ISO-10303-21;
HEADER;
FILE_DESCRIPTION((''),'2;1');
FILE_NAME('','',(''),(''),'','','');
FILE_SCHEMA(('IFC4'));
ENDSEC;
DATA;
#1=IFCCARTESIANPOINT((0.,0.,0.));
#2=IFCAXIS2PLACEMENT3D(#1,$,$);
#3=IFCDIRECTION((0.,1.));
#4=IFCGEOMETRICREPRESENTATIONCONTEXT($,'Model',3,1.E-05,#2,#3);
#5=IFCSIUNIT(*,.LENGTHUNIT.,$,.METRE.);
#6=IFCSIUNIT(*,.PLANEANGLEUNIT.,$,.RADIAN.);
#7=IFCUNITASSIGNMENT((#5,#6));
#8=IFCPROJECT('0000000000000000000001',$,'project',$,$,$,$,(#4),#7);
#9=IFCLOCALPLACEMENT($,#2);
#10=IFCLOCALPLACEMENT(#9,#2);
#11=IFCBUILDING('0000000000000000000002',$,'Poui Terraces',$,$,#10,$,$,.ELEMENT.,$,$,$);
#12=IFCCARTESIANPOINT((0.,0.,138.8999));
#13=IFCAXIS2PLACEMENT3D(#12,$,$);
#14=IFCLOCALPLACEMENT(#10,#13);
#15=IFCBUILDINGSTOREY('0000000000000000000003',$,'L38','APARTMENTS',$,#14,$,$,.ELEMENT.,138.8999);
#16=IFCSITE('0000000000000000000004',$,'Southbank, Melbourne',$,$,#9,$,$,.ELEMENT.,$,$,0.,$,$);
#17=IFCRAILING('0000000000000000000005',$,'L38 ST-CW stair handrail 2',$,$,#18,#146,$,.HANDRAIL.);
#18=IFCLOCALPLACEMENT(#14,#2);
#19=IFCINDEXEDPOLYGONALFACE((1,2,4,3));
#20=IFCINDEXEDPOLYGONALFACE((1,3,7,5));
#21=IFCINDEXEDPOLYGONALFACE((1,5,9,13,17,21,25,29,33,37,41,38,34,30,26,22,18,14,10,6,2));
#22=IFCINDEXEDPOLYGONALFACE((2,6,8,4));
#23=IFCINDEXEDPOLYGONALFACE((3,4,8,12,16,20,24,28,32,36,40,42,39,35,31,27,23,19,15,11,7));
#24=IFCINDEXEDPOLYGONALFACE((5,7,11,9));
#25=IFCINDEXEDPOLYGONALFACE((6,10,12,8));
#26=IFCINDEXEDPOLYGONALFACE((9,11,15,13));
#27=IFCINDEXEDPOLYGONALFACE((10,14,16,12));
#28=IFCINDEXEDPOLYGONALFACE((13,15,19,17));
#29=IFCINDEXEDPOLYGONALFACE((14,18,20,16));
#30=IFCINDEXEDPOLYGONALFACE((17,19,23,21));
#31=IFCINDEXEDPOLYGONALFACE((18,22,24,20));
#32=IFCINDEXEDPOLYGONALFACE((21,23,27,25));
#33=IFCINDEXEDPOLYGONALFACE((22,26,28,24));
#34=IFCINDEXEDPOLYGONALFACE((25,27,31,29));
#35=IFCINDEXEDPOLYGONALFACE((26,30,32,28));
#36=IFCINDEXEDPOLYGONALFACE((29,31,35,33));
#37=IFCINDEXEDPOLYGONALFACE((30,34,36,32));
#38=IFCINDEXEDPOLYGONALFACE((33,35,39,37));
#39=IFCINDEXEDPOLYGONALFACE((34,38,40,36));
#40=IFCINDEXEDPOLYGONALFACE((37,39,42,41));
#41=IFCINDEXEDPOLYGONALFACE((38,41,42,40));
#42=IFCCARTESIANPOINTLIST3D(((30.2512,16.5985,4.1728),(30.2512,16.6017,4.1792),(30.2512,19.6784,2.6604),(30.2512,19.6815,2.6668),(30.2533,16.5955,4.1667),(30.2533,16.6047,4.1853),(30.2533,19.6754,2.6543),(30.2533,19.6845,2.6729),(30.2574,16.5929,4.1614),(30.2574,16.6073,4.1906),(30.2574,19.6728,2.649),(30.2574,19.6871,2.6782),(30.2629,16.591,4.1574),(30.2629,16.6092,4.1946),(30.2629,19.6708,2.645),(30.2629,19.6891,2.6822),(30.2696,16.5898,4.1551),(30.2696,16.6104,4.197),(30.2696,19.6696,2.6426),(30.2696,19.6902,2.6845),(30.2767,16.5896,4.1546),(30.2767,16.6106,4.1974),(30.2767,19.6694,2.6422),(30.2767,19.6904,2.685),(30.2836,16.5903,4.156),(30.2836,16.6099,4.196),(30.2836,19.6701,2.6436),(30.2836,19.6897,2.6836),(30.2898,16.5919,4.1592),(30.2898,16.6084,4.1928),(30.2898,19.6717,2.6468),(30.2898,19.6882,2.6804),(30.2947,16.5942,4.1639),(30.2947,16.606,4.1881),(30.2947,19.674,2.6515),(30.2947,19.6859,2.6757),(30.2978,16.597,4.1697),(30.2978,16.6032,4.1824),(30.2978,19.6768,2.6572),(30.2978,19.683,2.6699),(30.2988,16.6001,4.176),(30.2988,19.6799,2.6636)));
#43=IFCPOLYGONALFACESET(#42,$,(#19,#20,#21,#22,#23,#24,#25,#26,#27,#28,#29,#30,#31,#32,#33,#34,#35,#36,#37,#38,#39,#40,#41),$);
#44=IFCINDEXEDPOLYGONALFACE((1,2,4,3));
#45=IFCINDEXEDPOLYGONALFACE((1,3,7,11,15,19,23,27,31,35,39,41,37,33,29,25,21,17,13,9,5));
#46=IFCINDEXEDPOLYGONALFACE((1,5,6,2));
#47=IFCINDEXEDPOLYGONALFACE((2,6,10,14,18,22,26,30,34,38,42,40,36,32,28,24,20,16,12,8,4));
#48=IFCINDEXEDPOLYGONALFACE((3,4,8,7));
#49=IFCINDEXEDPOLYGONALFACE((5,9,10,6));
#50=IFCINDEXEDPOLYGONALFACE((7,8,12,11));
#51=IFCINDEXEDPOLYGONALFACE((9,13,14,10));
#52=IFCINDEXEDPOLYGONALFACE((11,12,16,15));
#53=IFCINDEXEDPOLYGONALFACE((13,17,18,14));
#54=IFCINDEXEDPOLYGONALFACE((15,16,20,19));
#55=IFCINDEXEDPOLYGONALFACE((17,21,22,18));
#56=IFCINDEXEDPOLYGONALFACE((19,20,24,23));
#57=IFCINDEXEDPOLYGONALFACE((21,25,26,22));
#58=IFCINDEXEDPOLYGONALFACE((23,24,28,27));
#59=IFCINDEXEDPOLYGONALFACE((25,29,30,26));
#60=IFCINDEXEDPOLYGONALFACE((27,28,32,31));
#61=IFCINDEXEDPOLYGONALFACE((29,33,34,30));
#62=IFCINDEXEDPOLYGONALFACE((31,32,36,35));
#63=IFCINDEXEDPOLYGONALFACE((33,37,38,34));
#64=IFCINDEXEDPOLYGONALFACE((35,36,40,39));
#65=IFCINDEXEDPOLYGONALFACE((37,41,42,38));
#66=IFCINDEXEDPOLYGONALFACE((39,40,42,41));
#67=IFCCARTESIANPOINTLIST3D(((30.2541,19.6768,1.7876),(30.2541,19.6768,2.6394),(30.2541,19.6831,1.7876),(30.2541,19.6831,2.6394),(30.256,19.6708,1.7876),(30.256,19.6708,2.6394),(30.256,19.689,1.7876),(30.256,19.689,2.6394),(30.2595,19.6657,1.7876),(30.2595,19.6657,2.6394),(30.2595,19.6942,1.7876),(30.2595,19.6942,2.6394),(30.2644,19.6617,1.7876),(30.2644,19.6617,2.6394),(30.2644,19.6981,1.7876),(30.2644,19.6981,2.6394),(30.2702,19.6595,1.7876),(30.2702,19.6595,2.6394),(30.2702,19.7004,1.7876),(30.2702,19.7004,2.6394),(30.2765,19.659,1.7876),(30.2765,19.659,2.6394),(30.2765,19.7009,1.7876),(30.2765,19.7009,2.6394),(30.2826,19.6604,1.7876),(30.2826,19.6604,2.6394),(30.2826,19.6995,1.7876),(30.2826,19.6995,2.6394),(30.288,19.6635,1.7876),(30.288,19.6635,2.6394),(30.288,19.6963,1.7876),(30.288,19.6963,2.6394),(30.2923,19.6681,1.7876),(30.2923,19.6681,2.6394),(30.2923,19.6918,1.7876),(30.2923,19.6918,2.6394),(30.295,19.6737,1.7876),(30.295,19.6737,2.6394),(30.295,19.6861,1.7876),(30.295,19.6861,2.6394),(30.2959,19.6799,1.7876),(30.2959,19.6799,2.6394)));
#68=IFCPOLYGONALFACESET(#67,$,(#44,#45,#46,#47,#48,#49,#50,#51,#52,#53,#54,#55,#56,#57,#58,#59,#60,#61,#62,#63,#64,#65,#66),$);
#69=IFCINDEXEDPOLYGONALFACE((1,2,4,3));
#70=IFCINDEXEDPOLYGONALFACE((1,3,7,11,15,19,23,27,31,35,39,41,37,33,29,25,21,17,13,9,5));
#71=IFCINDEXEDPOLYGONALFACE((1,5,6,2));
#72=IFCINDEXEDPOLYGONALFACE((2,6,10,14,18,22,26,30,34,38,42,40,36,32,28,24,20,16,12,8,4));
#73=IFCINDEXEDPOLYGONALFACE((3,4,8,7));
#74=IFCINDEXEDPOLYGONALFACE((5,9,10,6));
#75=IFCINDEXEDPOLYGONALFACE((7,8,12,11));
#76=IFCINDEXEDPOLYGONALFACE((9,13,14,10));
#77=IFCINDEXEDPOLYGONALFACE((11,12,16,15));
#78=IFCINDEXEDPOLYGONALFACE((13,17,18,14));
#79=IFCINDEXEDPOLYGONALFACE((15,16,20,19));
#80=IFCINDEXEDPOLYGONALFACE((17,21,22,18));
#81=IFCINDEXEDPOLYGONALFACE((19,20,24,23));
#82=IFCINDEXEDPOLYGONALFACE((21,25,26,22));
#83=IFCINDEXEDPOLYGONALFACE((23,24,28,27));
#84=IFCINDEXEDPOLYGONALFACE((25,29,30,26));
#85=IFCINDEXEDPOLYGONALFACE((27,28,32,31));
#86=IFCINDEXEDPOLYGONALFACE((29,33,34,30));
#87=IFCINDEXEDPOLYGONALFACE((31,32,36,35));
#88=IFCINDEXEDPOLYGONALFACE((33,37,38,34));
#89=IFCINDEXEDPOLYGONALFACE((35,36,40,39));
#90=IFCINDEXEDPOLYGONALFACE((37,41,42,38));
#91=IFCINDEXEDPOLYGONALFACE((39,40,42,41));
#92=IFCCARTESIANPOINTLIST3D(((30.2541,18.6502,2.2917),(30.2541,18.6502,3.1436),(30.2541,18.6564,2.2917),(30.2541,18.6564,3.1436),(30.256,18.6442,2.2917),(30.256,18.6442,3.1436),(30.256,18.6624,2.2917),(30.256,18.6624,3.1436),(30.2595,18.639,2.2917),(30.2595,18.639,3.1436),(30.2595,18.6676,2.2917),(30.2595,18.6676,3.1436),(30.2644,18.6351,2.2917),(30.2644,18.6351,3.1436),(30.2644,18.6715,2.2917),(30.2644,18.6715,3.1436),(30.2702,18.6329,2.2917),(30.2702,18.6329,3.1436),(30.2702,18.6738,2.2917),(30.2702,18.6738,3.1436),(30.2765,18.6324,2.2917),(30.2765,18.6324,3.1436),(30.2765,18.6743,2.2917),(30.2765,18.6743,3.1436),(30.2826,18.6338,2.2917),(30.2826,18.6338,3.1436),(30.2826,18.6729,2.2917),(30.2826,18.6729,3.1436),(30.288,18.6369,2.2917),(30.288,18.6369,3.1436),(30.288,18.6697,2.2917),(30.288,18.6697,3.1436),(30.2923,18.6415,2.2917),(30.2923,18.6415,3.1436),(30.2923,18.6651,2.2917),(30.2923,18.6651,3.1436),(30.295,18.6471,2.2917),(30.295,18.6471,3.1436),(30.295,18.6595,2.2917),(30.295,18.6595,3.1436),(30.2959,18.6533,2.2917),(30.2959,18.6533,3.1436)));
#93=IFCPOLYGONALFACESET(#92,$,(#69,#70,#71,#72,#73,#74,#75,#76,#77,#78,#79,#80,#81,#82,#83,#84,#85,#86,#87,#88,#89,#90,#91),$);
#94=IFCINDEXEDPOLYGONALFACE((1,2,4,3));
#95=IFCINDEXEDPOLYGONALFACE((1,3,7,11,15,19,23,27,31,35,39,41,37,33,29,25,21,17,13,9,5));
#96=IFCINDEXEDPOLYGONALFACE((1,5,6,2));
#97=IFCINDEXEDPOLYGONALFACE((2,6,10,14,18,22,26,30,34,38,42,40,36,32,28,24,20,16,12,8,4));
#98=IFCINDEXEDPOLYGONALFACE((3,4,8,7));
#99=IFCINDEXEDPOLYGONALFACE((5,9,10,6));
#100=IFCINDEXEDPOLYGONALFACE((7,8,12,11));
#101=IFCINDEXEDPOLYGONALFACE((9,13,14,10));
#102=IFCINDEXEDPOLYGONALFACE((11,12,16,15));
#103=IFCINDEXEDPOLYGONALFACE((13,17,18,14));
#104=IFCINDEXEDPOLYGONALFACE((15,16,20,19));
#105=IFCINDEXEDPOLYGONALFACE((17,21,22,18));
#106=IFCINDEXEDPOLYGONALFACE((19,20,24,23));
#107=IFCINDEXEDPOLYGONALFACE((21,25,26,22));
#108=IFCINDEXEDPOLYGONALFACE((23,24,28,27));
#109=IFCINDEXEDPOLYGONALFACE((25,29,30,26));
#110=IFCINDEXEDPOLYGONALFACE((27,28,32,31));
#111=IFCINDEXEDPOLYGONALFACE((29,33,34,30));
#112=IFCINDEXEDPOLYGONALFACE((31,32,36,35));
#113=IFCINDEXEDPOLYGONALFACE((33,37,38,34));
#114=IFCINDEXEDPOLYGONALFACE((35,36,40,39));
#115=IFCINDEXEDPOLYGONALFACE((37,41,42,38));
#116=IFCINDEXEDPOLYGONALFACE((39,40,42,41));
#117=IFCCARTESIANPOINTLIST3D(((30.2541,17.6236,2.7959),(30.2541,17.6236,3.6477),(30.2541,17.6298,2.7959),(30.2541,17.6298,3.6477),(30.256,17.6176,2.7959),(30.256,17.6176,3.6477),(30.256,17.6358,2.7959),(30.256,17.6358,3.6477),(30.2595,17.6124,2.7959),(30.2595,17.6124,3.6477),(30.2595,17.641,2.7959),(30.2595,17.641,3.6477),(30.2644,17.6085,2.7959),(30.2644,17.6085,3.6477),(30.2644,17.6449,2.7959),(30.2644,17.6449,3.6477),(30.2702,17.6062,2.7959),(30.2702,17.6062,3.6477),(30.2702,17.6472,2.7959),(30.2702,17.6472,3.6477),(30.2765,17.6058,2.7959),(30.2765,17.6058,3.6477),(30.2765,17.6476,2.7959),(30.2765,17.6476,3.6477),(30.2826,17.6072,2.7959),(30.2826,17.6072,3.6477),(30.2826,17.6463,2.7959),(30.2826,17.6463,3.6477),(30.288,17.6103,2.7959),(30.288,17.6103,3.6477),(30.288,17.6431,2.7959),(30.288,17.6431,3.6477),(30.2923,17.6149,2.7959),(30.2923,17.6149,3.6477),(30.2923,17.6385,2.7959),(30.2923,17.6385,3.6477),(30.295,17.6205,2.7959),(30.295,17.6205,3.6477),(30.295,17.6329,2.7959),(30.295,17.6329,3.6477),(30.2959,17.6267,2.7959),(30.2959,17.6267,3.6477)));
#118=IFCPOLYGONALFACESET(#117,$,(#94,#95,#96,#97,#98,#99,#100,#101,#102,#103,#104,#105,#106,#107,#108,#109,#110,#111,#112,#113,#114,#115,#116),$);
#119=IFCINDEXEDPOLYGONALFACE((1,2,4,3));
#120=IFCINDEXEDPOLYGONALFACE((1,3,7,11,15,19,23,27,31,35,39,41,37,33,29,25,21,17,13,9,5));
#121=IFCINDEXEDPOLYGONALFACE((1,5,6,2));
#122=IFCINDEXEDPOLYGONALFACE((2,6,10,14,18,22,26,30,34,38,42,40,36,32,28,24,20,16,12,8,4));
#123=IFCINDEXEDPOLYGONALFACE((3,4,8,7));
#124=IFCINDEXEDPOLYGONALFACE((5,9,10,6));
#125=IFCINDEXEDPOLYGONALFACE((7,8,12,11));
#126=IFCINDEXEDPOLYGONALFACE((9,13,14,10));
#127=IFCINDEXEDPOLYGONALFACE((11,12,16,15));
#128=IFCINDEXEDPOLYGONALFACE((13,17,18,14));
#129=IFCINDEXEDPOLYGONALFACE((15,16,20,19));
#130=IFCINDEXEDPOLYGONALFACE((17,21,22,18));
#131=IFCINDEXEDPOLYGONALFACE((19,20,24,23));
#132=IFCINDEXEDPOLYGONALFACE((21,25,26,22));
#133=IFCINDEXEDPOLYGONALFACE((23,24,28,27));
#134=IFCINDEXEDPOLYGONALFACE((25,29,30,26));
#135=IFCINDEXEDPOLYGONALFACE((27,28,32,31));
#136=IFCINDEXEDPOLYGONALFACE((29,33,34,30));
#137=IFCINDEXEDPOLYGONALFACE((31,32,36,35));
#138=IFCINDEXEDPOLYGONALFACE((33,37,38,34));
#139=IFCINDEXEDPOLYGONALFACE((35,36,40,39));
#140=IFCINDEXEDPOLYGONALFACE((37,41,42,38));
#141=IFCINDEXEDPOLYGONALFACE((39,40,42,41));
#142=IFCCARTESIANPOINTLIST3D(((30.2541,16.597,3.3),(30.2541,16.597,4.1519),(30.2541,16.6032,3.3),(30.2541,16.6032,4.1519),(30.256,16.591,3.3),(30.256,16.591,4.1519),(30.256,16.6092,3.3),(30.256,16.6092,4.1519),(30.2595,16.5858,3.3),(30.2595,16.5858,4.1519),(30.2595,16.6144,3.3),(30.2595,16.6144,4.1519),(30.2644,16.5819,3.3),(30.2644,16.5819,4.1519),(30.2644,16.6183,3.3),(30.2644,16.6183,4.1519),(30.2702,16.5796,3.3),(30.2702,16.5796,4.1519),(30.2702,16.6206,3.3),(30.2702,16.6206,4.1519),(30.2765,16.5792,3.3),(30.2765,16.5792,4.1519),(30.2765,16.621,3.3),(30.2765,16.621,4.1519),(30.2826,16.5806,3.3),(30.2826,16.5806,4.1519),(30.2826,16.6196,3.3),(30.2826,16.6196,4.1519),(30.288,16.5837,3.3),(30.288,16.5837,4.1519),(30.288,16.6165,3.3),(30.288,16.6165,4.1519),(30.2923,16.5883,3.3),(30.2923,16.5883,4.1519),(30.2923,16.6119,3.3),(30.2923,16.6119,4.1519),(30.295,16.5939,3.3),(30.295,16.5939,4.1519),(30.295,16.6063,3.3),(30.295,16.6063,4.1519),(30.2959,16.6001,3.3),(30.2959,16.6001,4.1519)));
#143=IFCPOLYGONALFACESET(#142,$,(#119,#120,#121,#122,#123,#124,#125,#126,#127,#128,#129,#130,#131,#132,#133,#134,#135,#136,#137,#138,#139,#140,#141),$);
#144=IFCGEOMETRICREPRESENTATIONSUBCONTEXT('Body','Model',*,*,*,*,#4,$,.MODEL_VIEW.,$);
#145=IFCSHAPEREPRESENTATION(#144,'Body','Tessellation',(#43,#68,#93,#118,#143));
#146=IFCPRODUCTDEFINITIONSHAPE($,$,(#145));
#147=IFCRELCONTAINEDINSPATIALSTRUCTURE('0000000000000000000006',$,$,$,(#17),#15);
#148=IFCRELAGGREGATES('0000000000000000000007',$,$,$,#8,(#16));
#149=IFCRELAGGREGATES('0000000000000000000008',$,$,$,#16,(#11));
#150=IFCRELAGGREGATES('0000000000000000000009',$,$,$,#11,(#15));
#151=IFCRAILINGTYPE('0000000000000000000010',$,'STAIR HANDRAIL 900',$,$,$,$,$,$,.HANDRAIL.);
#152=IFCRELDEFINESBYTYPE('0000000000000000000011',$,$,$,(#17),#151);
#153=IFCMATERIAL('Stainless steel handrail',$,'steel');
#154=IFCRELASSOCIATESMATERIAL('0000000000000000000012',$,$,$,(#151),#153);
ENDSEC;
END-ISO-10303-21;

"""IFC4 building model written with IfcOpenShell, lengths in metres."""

from ifc_helpers import new_model, si_unit, direction, frame, origin, origin_2d, place, context, subcontext, project, spatial, circle, extrude, material, type_object, element, save


model = new_model("IFC4")

# Units and contexts
model_context = context("Model", 3, precision=1e-05, world=origin(), true_north=direction((0.0, 1.0)))
body_context = subcontext(model_context, "Body", "Model", "MODEL_VIEW")
ifc_project = project(units=[si_unit("LENGTHUNIT", "METRE"), si_unit("PLANEANGLEUNIT", "RADIAN")], contexts=[model_context])

# Site, building, storey
site_placement = place(None, origin())
site = spatial("IfcSite", under=ifc_project, at=site_placement, Name="Southbank, Melbourne", CompositionType="ELEMENT", RefElevation=0.0)
building_placement = place(site_placement, origin())
building = spatial("IfcBuilding", under=site, at=building_placement, Name="Poui Terraces", CompositionType="ELEMENT")
storey_placement = place(building_placement, frame((0.0, 0.0, 138.8999)))
storey = spatial("IfcBuildingStorey", under=building, at=storey_placement, Name="L38", Description="APARTMENTS", CompositionType="ELEMENT", Elevation=138.8999)

# Railing
ifc_material_1 = material(Name="Stainless steel handrail", Category="steel")
railing_type_1 = type_object("IfcRailingType", Name="STAIR HANDRAIL 900", PredefinedType="HANDRAIL", material=ifc_material_1)
railing_1_placement = place(storey_placement, frame((30.2749, 19.6799, 1.7876)))
element("IfcRailing", 1, at=railing_1_placement, inside=storey, type_object=railing_type_1, Name="L38 ST-CW stair handrail 2", PredefinedType="HANDRAIL", context=body_context, shape_type="SweptSolid", body=[
    extrude(circle(Radius=0.0239, at=origin_2d()), frame((0.0, 0.0, 0.876), z_axis=(0.0, -0.897606, 0.440798), x_axis=(1.0, 0.0, 0.0)), (0.0, 0.0, 1.0), 3.4312),
    extrude(circle(Radius=0.021, at=origin_2d()), origin(), (0.0, 0.0, 1.0), 0.8518),
    extrude(circle(Radius=0.021, at=origin_2d()), frame((0.0, -1.0266, 0.5042)), (0.0, 0.0, 1.0), 0.8518),
    extrude(circle(Radius=0.021, at=origin_2d()), frame((0.0, -2.0532, 1.0083)), (0.0, 0.0, 1.0), 0.8518),
    extrude(circle(Radius=0.021, at=origin_2d()), frame((0.0, -3.0798, 1.5125)), (0.0, 0.0, 1.0), 0.8518),
])

save(model, "model.ifc")
